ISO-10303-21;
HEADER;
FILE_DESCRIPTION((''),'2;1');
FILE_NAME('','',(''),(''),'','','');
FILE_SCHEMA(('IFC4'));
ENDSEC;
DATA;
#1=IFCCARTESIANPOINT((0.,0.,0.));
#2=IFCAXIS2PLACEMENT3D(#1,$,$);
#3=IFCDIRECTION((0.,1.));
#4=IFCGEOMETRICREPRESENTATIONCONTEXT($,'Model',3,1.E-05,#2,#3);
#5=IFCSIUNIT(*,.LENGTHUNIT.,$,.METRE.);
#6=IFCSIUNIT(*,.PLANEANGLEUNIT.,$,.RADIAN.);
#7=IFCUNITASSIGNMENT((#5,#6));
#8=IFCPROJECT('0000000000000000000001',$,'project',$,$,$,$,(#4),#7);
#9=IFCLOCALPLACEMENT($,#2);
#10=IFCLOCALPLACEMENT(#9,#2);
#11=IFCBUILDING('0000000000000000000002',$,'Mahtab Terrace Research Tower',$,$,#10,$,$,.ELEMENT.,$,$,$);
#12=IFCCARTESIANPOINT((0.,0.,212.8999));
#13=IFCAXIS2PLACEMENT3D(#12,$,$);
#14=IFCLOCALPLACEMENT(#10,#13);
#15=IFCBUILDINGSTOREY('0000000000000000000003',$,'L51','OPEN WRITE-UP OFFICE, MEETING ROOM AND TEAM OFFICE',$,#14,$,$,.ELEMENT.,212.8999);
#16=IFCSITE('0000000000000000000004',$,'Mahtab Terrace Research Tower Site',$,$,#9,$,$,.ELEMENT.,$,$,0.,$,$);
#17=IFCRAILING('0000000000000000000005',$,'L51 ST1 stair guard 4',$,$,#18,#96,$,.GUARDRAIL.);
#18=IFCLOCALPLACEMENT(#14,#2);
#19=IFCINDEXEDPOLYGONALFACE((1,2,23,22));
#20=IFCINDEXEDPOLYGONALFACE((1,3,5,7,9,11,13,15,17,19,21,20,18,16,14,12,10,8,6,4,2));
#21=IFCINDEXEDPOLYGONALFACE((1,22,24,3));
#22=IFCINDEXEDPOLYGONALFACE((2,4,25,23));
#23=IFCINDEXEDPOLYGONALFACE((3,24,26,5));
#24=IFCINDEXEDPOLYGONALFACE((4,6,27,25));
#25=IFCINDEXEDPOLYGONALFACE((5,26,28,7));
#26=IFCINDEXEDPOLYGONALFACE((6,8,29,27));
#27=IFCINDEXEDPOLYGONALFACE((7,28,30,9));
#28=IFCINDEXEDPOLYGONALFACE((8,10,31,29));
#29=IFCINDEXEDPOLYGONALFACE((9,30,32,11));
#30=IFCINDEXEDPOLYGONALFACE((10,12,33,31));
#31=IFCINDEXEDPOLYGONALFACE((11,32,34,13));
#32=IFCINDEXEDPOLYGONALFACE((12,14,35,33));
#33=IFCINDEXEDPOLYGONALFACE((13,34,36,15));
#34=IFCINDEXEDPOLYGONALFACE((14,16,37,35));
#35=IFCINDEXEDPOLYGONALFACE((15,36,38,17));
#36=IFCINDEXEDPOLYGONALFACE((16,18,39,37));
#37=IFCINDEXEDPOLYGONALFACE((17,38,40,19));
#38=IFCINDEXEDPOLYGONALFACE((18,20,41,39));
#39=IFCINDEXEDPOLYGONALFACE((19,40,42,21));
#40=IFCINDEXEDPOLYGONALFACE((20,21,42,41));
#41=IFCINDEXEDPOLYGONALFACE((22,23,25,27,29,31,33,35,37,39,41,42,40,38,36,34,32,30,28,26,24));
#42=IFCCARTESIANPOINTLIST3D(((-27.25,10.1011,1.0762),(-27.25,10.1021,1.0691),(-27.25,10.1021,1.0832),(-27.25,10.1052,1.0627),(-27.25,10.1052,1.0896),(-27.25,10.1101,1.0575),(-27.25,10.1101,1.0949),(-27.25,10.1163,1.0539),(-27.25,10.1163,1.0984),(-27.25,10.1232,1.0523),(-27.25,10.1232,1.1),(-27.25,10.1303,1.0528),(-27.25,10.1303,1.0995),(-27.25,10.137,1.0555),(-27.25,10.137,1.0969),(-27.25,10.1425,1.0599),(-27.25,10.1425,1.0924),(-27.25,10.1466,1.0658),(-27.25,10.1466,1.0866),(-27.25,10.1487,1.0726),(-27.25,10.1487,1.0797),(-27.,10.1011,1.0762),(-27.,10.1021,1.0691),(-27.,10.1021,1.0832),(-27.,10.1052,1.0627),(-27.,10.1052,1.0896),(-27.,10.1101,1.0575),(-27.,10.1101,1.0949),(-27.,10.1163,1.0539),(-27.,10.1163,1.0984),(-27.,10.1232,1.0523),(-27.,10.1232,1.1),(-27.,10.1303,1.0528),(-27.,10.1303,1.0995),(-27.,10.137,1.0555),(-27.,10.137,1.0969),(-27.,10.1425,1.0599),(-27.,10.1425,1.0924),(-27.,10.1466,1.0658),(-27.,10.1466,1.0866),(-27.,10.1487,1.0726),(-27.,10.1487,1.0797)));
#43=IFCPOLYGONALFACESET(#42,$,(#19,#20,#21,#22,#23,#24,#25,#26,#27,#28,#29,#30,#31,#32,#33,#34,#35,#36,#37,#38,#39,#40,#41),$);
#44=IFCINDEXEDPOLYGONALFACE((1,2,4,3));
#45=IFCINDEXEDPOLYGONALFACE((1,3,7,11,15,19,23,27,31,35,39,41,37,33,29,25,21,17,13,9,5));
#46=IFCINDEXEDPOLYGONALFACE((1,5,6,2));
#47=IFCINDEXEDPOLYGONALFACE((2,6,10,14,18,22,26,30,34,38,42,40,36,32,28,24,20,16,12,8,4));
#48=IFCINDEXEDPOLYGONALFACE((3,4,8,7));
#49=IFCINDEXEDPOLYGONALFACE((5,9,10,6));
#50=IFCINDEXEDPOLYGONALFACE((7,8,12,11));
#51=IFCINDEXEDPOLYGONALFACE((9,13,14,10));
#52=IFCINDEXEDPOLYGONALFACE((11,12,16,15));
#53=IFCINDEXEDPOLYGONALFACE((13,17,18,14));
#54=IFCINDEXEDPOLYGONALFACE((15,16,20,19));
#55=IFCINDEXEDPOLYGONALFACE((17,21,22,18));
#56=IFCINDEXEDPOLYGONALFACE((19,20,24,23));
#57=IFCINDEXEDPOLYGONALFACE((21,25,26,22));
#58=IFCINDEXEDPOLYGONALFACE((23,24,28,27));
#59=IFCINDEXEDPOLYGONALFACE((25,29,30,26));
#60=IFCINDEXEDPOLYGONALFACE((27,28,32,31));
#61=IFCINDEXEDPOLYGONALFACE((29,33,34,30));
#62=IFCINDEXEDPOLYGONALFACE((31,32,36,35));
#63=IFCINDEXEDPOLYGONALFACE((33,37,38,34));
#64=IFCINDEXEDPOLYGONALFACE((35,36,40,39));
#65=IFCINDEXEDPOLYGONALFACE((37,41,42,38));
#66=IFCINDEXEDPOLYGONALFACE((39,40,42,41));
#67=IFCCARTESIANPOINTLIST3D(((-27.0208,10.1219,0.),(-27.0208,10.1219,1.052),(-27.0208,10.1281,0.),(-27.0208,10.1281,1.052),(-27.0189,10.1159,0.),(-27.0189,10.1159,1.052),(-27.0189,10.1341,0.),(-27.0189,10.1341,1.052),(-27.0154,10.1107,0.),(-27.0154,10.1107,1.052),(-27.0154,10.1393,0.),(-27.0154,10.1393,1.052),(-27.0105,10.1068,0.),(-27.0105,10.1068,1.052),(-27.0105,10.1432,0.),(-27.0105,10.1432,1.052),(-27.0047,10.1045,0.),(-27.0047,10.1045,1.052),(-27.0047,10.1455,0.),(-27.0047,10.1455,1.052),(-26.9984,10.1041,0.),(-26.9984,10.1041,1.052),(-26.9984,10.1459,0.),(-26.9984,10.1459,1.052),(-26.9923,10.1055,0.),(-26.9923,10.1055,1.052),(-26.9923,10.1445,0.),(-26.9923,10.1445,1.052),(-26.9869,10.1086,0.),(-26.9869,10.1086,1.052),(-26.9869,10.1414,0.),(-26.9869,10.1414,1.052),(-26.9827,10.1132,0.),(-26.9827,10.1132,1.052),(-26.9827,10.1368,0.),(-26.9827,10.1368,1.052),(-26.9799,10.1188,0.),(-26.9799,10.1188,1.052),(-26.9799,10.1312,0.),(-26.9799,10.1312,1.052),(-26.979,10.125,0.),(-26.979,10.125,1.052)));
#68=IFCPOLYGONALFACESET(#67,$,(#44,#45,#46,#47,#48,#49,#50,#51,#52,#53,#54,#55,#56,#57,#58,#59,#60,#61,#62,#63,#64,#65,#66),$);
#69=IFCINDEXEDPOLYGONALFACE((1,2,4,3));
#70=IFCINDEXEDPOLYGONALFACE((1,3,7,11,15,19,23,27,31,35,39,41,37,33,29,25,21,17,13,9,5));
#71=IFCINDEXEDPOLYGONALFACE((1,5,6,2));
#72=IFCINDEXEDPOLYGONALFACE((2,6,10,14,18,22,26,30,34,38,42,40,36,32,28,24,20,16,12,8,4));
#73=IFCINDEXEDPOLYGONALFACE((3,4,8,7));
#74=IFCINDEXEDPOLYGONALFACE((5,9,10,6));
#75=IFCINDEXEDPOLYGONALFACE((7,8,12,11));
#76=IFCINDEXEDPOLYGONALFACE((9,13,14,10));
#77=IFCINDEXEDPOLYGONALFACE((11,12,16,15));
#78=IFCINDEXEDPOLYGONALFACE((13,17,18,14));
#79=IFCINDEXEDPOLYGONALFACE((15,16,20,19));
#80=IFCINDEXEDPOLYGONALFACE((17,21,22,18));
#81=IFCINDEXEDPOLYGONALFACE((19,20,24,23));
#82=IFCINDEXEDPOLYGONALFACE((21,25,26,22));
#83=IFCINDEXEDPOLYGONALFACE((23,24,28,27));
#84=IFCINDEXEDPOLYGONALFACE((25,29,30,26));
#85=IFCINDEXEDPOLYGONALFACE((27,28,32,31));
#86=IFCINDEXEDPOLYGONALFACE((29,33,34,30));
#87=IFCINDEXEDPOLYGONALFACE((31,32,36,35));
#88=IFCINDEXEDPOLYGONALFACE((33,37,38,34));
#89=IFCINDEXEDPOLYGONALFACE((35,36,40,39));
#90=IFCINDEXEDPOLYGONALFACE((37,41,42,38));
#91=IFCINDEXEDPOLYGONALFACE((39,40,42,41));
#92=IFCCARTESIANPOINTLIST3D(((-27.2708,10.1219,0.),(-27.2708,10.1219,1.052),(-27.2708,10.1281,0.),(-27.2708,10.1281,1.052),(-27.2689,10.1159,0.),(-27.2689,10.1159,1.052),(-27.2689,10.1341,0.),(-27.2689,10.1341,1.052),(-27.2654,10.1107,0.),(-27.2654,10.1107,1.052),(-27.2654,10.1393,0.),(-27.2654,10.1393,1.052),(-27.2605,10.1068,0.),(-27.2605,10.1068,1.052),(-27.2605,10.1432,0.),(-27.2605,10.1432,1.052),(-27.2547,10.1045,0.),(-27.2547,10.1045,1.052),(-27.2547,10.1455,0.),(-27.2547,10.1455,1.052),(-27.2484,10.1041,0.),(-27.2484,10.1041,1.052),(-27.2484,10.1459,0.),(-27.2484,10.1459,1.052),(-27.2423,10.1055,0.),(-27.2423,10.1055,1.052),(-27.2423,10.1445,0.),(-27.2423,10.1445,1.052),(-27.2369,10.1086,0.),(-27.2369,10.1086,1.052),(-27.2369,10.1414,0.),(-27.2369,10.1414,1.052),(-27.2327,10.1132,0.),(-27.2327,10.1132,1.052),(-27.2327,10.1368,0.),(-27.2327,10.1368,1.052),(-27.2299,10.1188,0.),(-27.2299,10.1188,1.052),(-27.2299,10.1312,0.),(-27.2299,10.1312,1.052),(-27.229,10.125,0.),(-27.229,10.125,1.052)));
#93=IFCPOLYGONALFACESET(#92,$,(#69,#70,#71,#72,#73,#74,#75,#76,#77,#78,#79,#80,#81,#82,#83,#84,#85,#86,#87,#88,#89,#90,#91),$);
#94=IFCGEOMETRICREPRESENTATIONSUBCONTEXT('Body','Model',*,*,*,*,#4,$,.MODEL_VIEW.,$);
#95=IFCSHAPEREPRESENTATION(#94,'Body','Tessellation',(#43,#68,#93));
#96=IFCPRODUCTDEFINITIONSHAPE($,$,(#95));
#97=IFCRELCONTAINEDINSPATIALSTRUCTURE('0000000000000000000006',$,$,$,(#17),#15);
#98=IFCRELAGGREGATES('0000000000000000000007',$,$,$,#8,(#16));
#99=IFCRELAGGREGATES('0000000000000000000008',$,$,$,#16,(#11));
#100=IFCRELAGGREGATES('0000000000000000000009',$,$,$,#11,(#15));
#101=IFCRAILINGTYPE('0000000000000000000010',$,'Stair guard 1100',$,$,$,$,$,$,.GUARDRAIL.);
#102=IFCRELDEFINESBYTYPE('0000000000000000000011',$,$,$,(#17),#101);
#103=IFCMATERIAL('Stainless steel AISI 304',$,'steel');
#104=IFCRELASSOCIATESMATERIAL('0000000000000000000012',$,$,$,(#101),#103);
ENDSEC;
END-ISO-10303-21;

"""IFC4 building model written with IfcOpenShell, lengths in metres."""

from ifc_helpers import new_model, si_unit, direction, frame, origin, origin_2d, place, context, subcontext, project, spatial, circle, extrude, material, type_object, element, save


model = new_model("IFC4")

# Units and contexts
model_context = context("Model", 3, precision=1e-05, world=origin(), true_north=direction((0.0, 1.0)))
body_context = subcontext(model_context, "Body", "Model", "MODEL_VIEW")
ifc_project = project(units=[si_unit("LENGTHUNIT", "METRE"), si_unit("PLANEANGLEUNIT", "RADIAN")], contexts=[model_context])

# Site, building, storey
site_placement = place(None, origin())
site = spatial("IfcSite", under=ifc_project, at=site_placement, Name="Mahtab Terrace Research Tower Site", CompositionType="ELEMENT", RefElevation=0.0)
building_placement = place(site_placement, origin())
building = spatial("IfcBuilding", under=site, at=building_placement, Name="Mahtab Terrace Research Tower", CompositionType="ELEMENT")
storey_placement = place(building_placement, frame((0.0, 0.0, 212.8999)))
storey = spatial("IfcBuildingStorey", under=building, at=storey_placement, Name="L51", Description="OPEN WRITE-UP OFFICE, MEETING ROOM AND TEAM OFFICE", CompositionType="ELEMENT", Elevation=212.8999)

# Railing
ifc_material_1 = material(Name="Stainless steel AISI 304", Category="steel")
railing_type_1 = type_object("IfcRailingType", Name="Stair guard 1100", PredefinedType="GUARDRAIL", material=ifc_material_1)
railing_1_placement = place(storey_placement, frame((-27.0, 10.125, 0.0)))
element("IfcRailing", 1, at=railing_1_placement, inside=storey, type_object=railing_type_1, Name="L51 ST1 stair guard 4", PredefinedType="GUARDRAIL", context=body_context, shape_type="SweptSolid", body=[
    extrude(circle(Radius=0.0239, at=origin_2d()), frame((0.0, 0.0, 1.0762), z_axis=(-1.0, 0.0, 0.0), x_axis=(0.0, -1.0, 0.0)), (0.0, 0.0, 1.0), 0.25),
    extrude(circle(Radius=0.021, at=origin_2d()), origin(), (0.0, 0.0, 1.0), 1.052),
    extrude(circle(Radius=0.021, at=origin_2d()), frame((-0.25, 0.0, 0.0)), (0.0, 0.0, 1.0), 1.052),
])

save(model, "model.ifc")
